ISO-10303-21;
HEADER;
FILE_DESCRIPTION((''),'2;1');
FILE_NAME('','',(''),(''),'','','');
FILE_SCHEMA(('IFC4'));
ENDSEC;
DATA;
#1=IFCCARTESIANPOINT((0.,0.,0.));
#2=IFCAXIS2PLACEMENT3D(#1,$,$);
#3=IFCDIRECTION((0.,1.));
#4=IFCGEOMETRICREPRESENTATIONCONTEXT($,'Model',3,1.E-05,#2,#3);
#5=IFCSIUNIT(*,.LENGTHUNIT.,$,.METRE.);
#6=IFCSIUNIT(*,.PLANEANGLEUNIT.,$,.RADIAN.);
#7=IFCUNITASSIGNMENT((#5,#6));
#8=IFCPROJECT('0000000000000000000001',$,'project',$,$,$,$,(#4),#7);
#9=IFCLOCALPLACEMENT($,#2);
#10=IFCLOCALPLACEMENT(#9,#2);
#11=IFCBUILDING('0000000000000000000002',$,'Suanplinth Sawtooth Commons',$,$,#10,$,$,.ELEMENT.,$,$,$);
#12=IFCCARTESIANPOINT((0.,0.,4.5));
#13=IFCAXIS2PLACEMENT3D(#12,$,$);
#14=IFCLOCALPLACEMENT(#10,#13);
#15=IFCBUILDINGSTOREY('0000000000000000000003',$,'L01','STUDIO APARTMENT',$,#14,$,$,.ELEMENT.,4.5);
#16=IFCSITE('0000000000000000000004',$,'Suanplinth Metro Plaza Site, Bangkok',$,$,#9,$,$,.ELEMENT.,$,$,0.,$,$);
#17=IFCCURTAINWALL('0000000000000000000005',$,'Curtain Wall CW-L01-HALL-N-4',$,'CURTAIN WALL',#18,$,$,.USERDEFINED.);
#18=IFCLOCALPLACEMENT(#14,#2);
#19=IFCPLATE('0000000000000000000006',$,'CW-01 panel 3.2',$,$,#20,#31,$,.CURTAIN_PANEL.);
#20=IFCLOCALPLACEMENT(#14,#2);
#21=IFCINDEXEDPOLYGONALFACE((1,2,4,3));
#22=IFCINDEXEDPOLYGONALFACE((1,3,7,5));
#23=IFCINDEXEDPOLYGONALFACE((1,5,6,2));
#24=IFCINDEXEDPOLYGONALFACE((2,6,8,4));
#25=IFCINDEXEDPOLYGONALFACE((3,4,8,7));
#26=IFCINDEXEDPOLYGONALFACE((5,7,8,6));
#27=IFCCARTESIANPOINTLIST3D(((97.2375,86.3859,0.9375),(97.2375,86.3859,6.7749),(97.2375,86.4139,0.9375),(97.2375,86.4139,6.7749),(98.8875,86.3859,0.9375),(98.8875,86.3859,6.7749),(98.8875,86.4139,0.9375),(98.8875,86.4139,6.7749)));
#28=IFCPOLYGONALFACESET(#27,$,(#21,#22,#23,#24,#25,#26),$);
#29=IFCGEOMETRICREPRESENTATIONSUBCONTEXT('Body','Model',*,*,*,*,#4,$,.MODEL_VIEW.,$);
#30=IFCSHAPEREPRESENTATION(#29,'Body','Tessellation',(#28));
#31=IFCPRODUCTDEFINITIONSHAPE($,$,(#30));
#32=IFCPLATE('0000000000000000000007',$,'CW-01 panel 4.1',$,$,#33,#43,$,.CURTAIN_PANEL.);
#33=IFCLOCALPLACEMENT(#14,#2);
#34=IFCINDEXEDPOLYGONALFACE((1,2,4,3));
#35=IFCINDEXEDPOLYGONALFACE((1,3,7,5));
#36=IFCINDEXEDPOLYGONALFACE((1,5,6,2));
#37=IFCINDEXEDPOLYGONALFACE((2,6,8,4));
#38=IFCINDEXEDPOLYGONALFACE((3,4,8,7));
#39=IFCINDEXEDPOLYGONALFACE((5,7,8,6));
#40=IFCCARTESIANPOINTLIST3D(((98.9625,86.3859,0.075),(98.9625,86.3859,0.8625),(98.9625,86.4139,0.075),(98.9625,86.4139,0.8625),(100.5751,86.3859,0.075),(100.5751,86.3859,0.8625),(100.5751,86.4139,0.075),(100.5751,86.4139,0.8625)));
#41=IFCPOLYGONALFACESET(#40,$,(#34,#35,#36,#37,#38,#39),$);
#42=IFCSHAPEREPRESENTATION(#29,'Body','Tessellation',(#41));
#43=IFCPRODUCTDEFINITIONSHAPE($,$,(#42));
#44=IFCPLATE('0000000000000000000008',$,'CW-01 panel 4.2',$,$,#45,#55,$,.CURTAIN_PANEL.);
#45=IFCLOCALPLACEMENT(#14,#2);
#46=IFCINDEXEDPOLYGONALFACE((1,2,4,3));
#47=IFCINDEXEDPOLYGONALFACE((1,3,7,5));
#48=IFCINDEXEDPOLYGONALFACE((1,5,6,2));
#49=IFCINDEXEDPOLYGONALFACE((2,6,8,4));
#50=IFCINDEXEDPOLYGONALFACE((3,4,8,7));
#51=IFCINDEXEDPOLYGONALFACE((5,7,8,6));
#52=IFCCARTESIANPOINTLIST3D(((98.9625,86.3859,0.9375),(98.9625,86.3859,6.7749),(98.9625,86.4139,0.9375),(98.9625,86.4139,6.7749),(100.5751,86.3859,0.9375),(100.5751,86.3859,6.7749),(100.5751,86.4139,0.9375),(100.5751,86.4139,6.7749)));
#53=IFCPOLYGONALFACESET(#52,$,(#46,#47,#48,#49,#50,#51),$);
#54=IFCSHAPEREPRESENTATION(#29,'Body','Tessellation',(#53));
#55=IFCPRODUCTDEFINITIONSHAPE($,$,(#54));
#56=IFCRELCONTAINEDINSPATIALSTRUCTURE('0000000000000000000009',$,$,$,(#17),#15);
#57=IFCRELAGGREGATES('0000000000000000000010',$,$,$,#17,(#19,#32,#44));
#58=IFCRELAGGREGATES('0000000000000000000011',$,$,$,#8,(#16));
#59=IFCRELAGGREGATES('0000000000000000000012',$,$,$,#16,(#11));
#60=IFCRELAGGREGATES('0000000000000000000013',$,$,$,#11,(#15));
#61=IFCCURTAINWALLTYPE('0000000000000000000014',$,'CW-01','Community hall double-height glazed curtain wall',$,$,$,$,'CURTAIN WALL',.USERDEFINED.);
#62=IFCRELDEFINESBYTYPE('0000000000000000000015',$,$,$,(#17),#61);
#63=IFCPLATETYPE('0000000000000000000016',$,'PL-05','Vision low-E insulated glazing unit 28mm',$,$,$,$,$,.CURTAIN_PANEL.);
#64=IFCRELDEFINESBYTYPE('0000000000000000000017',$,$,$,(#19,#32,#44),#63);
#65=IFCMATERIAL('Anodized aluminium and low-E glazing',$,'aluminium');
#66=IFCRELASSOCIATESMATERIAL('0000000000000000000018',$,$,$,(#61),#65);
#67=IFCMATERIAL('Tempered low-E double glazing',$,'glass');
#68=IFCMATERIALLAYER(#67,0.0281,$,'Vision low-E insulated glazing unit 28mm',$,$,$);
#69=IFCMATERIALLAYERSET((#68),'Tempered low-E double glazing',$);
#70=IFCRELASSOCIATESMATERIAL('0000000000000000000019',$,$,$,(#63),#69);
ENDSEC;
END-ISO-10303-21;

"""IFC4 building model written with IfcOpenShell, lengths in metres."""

from ifc_helpers import new_model, si_unit, direction, frame, origin, origin_2d, place, context, subcontext, project, spatial, rectangle, extrude, material, layer, layer_set, type_object, element, aggregate, save


model = new_model("IFC4")

# Units and contexts
model_context = context("Model", 3, precision=1e-05, world=origin(), true_north=direction((0.0, 1.0)))
body_context = subcontext(model_context, "Body", "Model", "MODEL_VIEW")
ifc_project = project(units=[si_unit("LENGTHUNIT", "METRE"), si_unit("PLANEANGLEUNIT", "RADIAN")], contexts=[model_context])

# Site, building, storey
site_placement = place(None, origin())
site = spatial("IfcSite", under=ifc_project, at=site_placement, Name="Suanplinth Metro Plaza Site, Bangkok", CompositionType="ELEMENT", RefElevation=0.0)
building_placement = place(site_placement, origin())
building = spatial("IfcBuilding", under=site, at=building_placement, Name="Suanplinth Sawtooth Commons", CompositionType="ELEMENT")
storey_placement = place(building_placement, frame((0.0, 0.0, 4.5)))
storey = spatial("IfcBuildingStorey", under=building, at=storey_placement, Name="L01", Description="STUDIO APARTMENT", CompositionType="ELEMENT", Elevation=4.5)

# Curtain wall
ifc_material_1 = material(Name="Anodized aluminium and low-E glazing", Category="aluminium")
curtain_wall_type = type_object("IfcCurtainWallType", Name="CW-01", Description="Community hall double-height glazed curtain wall", ElementType="CURTAIN WALL", PredefinedType="USERDEFINED", material=ifc_material_1)
curtain_wall_1_placement = place(storey_placement, origin())
curtain_wall_1 = element("IfcCurtainWall", 1, at=curtain_wall_1_placement, inside=storey, type_object=curtain_wall_type, Name="Curtain Wall CW-L01-HALL-N-4", ObjectType="CURTAIN WALL", PredefinedType="USERDEFINED")

# Plates
ifc_material_2 = material(Name="Tempered low-E double glazing", Category="glass")
ifc_layer = layer(ifc_material_2, 0.0281, Name="Vision low-E insulated glazing unit 28mm")
ifc_layer_set = layer_set([ifc_layer], Name="Tempered low-E double glazing")
plate_type = type_object("IfcPlateType", Name="PL-05", Description="Vision low-E insulated glazing unit 28mm", PredefinedType="CURTAIN_PANEL", material=ifc_layer_set)
plate_1_placement = place(storey_placement, frame((98.0625, 86.3999, 0.9375), z_axis=(0.0, 0.0, 1.0), x_axis=(1.0, 0.0, 0.0)))
plate_1 = element("IfcPlate", 2, at=plate_1_placement, type_object=plate_type, Name="CW-01 panel 3.2", PredefinedType="CURTAIN_PANEL", context=body_context, shape_type="SweptSolid", body=[
    extrude(rectangle(XDim=1.6499, YDim=0.0281, at=origin_2d()), origin(), (0.0, 0.0, 1.0), 5.8374),
])
plate_2_placement = place(storey_placement, frame((99.7688, 86.3999, 0.075), z_axis=(0.0, 0.0, 1.0), x_axis=(1.0, 0.0, 0.0)))
plate_2 = element("IfcPlate", 3, at=plate_2_placement, type_object=plate_type, Name="CW-01 panel 4.1", PredefinedType="CURTAIN_PANEL", context=body_context, shape_type="SweptSolid", body=[
    extrude(rectangle(XDim=1.6125, YDim=0.0281, at=origin_2d()), origin(), (0.0, 0.0, 1.0), 0.7876),
])
plate_3_placement = place(storey_placement, frame((99.7688, 86.3999, 0.9375), z_axis=(0.0, 0.0, 1.0), x_axis=(1.0, 0.0, 0.0)))
plate_3 = element("IfcPlate", 4, at=plate_3_placement, type_object=plate_type, Name="CW-01 panel 4.2", PredefinedType="CURTAIN_PANEL", context=body_context, shape_type="SweptSolid", body=[
    extrude(rectangle(XDim=1.6125, YDim=0.0281, at=origin_2d()), origin(), (0.0, 0.0, 1.0), 5.8374),
])
aggregate(curtain_wall_1, [plate_1, plate_2, plate_3])

save(model, "model.ifc")
